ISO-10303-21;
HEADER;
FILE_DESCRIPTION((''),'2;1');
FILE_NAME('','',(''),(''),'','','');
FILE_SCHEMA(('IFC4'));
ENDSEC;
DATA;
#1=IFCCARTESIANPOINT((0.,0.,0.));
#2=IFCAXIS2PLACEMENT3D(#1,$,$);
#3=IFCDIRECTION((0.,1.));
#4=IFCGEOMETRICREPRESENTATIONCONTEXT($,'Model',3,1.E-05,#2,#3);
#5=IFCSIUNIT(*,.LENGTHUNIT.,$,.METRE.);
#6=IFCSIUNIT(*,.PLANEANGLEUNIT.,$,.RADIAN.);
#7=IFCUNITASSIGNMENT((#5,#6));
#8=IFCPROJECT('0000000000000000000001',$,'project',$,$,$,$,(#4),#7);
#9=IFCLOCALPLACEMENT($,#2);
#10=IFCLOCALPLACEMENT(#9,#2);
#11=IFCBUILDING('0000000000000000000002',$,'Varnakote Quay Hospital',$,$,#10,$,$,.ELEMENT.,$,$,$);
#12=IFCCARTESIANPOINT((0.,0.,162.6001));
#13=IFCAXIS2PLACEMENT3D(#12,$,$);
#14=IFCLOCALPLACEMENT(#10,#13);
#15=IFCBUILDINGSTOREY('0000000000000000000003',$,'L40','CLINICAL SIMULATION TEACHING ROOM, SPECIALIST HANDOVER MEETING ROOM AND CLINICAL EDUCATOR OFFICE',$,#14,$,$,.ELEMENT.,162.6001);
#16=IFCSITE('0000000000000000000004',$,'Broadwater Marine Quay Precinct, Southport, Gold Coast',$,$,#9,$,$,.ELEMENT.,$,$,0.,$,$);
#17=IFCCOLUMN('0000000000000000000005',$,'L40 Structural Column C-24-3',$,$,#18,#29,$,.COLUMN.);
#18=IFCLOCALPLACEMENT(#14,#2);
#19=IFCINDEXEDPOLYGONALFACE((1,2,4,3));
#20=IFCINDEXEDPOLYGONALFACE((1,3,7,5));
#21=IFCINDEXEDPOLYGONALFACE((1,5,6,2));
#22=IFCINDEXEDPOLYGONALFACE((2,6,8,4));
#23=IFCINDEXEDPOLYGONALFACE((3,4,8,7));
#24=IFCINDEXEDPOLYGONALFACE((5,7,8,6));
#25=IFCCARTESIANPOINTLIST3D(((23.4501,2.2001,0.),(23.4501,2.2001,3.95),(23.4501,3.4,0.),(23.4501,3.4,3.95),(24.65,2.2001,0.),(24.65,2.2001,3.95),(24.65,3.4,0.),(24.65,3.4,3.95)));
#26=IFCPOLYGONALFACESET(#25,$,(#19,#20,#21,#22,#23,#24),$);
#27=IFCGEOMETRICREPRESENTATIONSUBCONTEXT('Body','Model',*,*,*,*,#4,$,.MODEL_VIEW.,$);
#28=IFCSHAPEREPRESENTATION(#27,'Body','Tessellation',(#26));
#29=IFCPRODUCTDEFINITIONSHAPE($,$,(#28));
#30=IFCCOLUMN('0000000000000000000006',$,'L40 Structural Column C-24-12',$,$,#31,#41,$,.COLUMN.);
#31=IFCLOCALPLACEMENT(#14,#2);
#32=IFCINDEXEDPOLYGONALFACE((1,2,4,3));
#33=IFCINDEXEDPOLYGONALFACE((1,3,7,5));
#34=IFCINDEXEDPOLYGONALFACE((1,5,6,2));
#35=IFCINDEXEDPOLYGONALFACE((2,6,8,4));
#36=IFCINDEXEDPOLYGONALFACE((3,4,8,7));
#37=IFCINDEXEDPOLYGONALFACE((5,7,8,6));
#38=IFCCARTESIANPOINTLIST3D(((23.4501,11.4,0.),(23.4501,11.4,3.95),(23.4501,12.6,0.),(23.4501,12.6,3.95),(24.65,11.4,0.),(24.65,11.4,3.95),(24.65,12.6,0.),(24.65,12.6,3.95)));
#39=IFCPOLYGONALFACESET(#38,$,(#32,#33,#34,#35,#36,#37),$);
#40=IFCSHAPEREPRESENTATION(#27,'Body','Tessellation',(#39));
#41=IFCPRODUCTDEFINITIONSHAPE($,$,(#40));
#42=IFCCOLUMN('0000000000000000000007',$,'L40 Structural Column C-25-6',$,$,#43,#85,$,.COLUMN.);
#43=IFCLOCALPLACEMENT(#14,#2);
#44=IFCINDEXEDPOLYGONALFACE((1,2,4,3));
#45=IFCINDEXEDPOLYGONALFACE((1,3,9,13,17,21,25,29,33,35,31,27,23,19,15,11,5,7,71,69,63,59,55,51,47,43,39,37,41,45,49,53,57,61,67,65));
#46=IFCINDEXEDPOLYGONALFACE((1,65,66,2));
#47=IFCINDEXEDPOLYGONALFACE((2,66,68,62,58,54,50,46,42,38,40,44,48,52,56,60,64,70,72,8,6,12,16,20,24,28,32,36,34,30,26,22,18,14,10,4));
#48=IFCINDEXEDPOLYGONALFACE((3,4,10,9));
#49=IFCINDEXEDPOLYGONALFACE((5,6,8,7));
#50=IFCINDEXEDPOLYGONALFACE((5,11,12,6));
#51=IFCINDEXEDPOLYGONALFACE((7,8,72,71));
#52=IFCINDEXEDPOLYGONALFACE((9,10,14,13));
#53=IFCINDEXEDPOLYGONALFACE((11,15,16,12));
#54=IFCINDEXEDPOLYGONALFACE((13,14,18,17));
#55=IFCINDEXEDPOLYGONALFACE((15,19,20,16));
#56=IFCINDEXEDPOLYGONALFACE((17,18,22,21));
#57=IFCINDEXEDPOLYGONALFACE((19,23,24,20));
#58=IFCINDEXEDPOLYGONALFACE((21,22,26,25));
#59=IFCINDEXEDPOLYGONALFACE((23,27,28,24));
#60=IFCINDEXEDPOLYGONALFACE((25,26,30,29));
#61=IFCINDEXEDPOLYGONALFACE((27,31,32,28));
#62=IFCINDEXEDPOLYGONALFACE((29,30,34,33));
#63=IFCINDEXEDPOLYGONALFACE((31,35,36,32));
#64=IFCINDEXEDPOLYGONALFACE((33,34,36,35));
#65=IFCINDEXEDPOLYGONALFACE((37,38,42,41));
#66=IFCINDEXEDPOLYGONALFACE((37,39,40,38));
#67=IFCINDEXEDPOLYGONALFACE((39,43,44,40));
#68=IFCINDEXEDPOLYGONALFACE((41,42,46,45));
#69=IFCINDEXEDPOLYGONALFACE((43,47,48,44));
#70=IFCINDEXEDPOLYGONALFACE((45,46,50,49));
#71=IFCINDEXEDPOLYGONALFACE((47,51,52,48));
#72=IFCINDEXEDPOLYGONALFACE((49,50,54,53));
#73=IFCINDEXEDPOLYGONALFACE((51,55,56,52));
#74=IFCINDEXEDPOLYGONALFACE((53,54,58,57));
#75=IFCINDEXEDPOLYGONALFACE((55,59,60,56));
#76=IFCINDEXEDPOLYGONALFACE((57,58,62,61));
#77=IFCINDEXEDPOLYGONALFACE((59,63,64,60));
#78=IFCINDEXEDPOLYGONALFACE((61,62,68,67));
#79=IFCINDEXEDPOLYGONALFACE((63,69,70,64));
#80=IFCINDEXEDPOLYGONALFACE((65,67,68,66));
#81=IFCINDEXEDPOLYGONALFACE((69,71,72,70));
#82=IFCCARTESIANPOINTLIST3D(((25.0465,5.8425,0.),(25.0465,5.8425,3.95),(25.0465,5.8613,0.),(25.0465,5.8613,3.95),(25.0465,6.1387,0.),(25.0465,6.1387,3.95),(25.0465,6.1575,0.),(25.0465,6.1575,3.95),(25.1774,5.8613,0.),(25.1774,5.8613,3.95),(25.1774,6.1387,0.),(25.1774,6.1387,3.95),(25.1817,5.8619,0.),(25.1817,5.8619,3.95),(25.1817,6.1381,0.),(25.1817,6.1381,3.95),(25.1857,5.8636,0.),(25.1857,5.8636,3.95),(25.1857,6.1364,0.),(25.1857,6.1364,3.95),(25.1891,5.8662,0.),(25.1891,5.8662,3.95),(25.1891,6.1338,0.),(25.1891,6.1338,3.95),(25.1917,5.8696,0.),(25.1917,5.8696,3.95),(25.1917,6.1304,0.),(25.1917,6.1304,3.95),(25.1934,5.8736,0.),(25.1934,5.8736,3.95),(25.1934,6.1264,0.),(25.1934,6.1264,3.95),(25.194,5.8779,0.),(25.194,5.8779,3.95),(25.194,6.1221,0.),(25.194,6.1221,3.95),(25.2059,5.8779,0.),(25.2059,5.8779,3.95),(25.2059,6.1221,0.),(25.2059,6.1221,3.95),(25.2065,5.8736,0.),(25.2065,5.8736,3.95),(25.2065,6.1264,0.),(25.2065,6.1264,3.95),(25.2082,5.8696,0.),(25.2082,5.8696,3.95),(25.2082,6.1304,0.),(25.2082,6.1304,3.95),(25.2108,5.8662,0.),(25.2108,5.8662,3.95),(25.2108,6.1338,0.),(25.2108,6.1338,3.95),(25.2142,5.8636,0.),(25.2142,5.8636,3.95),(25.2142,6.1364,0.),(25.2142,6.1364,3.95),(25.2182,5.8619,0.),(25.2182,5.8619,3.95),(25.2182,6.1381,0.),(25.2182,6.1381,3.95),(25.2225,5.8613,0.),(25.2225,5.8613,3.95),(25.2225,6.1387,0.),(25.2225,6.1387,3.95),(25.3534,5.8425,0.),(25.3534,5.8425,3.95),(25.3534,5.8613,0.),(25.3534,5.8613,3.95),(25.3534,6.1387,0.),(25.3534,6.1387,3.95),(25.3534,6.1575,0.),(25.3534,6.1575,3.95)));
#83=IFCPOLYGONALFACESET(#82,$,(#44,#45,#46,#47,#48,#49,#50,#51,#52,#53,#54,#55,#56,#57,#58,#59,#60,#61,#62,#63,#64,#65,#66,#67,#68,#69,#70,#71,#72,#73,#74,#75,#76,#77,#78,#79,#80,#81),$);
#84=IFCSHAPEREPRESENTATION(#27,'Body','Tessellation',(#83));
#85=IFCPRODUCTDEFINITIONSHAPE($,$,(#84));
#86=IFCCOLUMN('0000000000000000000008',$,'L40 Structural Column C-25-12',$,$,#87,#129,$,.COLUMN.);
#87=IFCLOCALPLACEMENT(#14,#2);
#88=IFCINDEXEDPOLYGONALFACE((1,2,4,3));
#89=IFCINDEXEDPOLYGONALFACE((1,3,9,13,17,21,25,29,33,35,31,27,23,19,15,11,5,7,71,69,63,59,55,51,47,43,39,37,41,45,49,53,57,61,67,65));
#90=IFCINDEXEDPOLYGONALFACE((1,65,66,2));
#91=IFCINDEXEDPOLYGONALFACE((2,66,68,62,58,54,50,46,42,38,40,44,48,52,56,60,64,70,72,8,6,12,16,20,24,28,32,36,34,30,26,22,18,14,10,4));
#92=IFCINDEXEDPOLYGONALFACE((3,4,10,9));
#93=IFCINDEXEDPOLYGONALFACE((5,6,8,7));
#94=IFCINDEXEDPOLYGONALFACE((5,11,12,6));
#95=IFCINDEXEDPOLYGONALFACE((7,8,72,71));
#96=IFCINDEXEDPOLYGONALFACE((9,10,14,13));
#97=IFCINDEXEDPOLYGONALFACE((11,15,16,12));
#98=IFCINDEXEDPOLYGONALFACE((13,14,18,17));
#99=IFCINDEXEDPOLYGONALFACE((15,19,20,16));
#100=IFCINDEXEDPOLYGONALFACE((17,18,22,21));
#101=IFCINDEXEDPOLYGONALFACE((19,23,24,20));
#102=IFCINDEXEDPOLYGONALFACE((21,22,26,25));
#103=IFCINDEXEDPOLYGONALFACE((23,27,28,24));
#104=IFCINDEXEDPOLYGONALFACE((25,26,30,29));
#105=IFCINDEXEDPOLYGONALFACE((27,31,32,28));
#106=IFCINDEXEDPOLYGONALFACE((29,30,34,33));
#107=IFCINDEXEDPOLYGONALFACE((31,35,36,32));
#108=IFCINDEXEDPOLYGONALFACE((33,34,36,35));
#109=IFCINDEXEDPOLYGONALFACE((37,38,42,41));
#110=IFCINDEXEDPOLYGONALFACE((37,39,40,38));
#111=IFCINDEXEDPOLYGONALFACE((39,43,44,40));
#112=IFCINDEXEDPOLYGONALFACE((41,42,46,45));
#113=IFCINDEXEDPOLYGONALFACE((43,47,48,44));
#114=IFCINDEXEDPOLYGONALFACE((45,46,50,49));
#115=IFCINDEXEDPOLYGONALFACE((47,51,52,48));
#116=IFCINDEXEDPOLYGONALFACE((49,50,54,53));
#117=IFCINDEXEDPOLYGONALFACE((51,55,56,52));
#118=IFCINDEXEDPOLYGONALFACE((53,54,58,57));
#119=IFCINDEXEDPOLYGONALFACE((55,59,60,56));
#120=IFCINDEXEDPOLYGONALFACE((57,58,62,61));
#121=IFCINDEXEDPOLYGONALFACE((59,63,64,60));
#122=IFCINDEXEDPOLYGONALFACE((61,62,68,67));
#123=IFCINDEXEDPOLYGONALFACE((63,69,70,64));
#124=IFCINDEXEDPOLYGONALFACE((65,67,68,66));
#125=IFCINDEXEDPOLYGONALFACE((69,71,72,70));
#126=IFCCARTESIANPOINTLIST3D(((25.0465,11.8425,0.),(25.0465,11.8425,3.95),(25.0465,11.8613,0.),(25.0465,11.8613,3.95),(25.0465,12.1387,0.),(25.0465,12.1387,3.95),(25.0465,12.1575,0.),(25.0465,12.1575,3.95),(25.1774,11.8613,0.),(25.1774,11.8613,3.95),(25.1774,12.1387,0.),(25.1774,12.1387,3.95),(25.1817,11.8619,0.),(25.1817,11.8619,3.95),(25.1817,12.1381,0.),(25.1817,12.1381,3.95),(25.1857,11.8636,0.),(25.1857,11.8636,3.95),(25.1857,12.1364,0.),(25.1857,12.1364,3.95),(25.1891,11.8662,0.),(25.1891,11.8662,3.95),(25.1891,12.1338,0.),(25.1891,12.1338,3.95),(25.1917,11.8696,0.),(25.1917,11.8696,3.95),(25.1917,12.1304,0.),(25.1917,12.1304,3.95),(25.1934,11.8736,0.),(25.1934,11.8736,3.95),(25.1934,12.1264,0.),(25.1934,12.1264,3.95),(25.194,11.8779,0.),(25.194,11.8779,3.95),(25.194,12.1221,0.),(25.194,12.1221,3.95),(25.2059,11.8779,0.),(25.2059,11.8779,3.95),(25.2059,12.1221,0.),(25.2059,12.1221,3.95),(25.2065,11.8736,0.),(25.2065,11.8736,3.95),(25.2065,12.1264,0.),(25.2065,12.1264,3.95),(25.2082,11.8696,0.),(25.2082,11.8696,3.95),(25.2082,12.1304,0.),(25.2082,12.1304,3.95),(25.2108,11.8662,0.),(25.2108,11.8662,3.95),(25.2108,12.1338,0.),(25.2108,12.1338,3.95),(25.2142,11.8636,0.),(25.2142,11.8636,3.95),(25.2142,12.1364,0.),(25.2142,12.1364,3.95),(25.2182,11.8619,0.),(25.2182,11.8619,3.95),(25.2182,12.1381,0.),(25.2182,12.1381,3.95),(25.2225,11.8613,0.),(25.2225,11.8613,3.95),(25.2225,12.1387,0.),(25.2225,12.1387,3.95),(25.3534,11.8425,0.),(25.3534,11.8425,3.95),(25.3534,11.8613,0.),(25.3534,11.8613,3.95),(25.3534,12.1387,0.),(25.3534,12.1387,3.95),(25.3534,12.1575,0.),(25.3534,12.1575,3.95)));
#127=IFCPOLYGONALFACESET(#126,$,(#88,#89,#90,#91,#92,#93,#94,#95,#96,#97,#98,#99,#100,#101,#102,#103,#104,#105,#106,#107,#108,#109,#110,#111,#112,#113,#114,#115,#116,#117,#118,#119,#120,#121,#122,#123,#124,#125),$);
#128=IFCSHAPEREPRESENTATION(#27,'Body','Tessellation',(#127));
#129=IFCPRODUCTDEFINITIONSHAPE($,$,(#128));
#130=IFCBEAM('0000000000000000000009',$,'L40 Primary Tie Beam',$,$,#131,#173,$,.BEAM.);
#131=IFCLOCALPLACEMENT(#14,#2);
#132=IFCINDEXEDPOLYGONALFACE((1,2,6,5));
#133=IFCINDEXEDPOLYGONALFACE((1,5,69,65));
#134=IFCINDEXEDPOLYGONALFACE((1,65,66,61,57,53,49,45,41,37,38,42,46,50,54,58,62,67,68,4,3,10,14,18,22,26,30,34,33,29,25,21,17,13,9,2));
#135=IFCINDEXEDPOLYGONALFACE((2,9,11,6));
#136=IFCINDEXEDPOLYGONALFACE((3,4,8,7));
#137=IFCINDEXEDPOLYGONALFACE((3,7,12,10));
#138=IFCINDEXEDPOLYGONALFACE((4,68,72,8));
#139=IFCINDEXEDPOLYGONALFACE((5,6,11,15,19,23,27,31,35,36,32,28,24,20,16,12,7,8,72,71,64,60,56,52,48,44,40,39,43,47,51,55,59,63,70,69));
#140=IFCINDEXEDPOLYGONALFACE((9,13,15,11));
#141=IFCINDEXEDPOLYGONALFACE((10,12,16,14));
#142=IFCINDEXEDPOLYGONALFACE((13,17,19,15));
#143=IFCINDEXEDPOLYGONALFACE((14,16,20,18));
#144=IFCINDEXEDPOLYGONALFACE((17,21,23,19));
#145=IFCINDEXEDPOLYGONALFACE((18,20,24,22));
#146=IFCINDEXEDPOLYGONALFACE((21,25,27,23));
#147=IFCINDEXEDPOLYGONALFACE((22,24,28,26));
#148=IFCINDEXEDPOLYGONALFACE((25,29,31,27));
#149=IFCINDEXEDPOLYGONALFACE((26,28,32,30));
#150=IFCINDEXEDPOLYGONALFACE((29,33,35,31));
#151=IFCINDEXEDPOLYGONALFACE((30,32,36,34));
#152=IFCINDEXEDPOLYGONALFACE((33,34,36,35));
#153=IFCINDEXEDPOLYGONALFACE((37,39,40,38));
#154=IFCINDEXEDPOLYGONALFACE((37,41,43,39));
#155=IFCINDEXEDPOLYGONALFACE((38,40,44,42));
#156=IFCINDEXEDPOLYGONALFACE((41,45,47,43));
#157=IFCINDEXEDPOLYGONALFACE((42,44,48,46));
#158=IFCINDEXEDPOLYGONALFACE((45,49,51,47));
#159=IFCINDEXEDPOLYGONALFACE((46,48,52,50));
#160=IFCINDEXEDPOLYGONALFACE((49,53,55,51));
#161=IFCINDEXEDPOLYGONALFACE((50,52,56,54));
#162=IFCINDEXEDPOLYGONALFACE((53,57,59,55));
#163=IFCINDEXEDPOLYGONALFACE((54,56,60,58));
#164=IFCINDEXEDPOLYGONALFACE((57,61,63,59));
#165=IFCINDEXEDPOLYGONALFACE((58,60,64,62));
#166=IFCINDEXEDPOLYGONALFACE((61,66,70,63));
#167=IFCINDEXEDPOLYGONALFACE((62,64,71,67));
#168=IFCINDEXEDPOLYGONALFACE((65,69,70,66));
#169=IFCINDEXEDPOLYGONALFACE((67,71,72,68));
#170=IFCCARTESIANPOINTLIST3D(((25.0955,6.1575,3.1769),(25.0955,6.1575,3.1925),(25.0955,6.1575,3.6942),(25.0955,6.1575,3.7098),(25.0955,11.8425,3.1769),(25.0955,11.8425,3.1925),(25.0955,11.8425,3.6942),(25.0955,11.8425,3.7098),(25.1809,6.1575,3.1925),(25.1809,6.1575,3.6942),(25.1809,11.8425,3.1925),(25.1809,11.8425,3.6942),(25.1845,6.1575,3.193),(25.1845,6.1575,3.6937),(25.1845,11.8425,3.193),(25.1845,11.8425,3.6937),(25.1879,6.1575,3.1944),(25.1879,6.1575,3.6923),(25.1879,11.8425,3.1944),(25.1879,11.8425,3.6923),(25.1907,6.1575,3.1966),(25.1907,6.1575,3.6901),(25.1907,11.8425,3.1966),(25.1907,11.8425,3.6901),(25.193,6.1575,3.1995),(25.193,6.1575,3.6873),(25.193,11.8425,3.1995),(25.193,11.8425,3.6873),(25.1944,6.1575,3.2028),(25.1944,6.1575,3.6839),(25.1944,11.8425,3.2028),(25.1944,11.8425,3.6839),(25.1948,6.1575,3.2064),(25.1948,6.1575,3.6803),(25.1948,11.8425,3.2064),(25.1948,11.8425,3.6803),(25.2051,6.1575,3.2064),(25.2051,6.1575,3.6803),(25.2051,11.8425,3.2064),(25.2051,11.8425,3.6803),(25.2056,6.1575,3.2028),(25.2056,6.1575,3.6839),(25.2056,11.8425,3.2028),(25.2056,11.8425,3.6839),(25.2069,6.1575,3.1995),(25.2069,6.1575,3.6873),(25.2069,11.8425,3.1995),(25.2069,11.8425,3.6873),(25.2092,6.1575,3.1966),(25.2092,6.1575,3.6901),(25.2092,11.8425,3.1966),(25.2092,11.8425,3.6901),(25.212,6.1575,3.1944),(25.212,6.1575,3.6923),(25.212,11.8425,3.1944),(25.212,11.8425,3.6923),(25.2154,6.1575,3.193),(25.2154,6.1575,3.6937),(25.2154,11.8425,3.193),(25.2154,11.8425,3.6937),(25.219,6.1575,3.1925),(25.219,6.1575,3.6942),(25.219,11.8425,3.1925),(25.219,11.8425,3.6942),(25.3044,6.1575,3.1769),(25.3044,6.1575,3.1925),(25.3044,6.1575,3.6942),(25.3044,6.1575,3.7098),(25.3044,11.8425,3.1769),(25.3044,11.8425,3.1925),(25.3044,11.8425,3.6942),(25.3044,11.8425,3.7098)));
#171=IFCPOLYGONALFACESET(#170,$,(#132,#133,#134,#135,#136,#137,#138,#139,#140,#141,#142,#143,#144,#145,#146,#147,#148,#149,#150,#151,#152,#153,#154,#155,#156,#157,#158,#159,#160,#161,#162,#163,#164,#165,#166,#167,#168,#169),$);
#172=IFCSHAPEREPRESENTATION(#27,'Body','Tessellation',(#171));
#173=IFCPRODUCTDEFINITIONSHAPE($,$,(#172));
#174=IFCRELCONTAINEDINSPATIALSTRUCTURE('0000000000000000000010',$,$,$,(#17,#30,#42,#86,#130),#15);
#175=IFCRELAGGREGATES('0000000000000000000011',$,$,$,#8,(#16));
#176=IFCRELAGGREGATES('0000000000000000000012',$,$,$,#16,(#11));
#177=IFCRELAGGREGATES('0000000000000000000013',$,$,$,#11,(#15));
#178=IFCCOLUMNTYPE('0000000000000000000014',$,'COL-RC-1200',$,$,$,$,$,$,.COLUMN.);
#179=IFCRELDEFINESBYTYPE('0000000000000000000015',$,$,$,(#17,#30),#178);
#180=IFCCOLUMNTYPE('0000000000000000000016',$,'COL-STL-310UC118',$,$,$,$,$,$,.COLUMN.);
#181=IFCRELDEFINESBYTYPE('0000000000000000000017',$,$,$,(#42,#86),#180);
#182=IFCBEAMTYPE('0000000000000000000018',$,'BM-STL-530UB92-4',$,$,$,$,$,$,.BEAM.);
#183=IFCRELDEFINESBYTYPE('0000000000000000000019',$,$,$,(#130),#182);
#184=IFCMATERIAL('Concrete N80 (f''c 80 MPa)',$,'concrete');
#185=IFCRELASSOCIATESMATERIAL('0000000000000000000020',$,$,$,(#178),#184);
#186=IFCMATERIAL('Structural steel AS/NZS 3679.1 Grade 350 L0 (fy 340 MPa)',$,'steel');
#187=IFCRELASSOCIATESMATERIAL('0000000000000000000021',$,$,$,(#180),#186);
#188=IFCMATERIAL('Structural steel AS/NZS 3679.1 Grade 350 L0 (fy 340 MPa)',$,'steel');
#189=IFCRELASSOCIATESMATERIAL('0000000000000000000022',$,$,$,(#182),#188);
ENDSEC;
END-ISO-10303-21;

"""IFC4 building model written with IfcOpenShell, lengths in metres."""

from ifc_helpers import new_model, si_unit, direction, frame, origin, origin_2d, place, context, subcontext, project, spatial, rectangle, i_section, extrude, material, material_profile, profile_set, type_object, element, save


model = new_model("IFC4")

# Units and contexts
model_context = context("Model", 3, precision=1e-05, world=origin(), true_north=direction((0.0, 1.0)))
body_context = subcontext(model_context, "Body", "Model", "MODEL_VIEW")
ifc_project = project(units=[si_unit("LENGTHUNIT", "METRE"), si_unit("PLANEANGLEUNIT", "RADIAN")], contexts=[model_context])

# Site, building, storey
site_placement = place(None, origin())
site = spatial("IfcSite", under=ifc_project, at=site_placement, Name="Broadwater Marine Quay Precinct, Southport, Gold Coast", CompositionType="ELEMENT", RefElevation=0.0)
building_placement = place(site_placement, origin())
building = spatial("IfcBuilding", under=site, at=building_placement, Name="Varnakote Quay Hospital", CompositionType="ELEMENT")
storey_placement = place(building_placement, frame((0.0, 0.0, 162.6001)))
storey = spatial("IfcBuildingStorey", under=building, at=storey_placement, Name="L40", Description="CLINICAL SIMULATION TEACHING ROOM, SPECIALIST HANDOVER MEETING ROOM AND CLINICAL EDUCATOR OFFICE", CompositionType="ELEMENT", Elevation=162.6001)

# Columns
ifc_material_1 = material(Name="Concrete N80 (f'c 80 MPa)", Category="concrete")
ifc_material_profile_1 = material_profile(ifc_material_1, rectangle(XDim=1.2, YDim=1.2, at=origin_2d()), Name="RC-COL-1200x1200")
ifc_profile_set_1 = profile_set([ifc_material_profile_1], Name="Concrete N80 (f'c 80 MPa)")
column_type_1 = type_object("IfcColumnType", Name="COL-RC-1200", PredefinedType="COLUMN", material=ifc_profile_set_1)
for number, where, z_axis, x_axis, name in (
    (1, (24.05, 2.8, 0.0), (0.0, 0.0, 1.0), (1.0, 0.0, 0.0), "L40 Structural Column C-24-3"),
    (2, (24.05, 12.0, 0.0), (0.0, 0.0, 1.0), (1.0, 0.0, 0.0), "L40 Structural Column C-24-12"),
):
    element("IfcColumn", number, at=place(storey_placement, frame(where, z_axis=z_axis, x_axis=x_axis)), inside=storey, type_object=column_type_1, Name=name, PredefinedType="COLUMN", context=body_context, shape_type="SweptSolid", body=[
        extrude(rectangle(XDim=1.2, YDim=1.2, at=origin_2d()), origin(), (0.0, 0.0, 1.0), 3.95),
    ])
ifc_material_2 = material(Name="Structural steel AS/NZS 3679.1 Grade 350 L0 (fy 340 MPa)", Category="steel")
ifc_material_profile_2 = material_profile(ifc_material_2, i_section(OverallWidth=0.3069, OverallDepth=0.3149, WebThickness=0.012, FlangeThickness=0.0188, FilletRadius=0.0166, at=origin_2d()), Name="310UC118")
ifc_profile_set_2 = profile_set([ifc_material_profile_2], Name="Structural steel AS/NZS 3679.1 Grade 350 L0 (fy 340 MPa)")
column_type_2 = type_object("IfcColumnType", Name="COL-STL-310UC118", PredefinedType="COLUMN", material=ifc_profile_set_2)
for number, where, z_axis, x_axis, name in (
    (3, (25.2, 6.0, 0.0), (0.0, 0.0, 1.0), (1.0, 0.0, 0.0), "L40 Structural Column C-25-6"),
    (4, (25.2, 12.0, 0.0), (0.0, 0.0, 1.0), (1.0, 0.0, 0.0), "L40 Structural Column C-25-12"),
):
    element("IfcColumn", number, at=place(storey_placement, frame(where, z_axis=z_axis, x_axis=x_axis)), inside=storey, type_object=column_type_2, Name=name, PredefinedType="COLUMN", context=body_context, shape_type="SweptSolid", body=[
        extrude(i_section(OverallWidth=0.3069, OverallDepth=0.3149, WebThickness=0.012, FlangeThickness=0.0188, FilletRadius=0.0166, at=origin_2d()), origin(), (0.0, 0.0, 1.0), 3.95),
    ])

# Beam
ifc_material_3 = material(Name="Structural steel AS/NZS 3679.1 Grade 350 L0 (fy 340 MPa)", Category="steel")
ifc_material_profile_3 = material_profile(ifc_material_3, i_section(OverallWidth=0.209, OverallDepth=0.533, WebThickness=0.0103, FlangeThickness=0.0156, FilletRadius=0.0139, at=origin_2d()), Name="530UB92.4")
ifc_profile_set_3 = profile_set([ifc_material_profile_3], Name="Structural steel AS/NZS 3679.1 Grade 350 L0 (fy 340 MPa)")
beam_type_1 = type_object("IfcBeamType", Name="BM-STL-530UB92-4", PredefinedType="BEAM", material=ifc_profile_set_3)
beam_1_placement = place(storey_placement, frame((25.2, 6.1575, 3.4434), z_axis=(0.0, 1.0, 0.0), x_axis=(-1.0, 0.0, 0.0)))
element("IfcBeam", 5, at=beam_1_placement, inside=storey, type_object=beam_type_1, Name="L40 Primary Tie Beam", PredefinedType="BEAM", context=body_context, shape_type="SweptSolid", body=[
    extrude(i_section(OverallWidth=0.209, OverallDepth=0.533, WebThickness=0.0103, FlangeThickness=0.0156, FilletRadius=0.0139, at=origin_2d()), origin(), (0.0, 0.0, 1.0), 5.6851),
])

save(model, "model.ifc")
